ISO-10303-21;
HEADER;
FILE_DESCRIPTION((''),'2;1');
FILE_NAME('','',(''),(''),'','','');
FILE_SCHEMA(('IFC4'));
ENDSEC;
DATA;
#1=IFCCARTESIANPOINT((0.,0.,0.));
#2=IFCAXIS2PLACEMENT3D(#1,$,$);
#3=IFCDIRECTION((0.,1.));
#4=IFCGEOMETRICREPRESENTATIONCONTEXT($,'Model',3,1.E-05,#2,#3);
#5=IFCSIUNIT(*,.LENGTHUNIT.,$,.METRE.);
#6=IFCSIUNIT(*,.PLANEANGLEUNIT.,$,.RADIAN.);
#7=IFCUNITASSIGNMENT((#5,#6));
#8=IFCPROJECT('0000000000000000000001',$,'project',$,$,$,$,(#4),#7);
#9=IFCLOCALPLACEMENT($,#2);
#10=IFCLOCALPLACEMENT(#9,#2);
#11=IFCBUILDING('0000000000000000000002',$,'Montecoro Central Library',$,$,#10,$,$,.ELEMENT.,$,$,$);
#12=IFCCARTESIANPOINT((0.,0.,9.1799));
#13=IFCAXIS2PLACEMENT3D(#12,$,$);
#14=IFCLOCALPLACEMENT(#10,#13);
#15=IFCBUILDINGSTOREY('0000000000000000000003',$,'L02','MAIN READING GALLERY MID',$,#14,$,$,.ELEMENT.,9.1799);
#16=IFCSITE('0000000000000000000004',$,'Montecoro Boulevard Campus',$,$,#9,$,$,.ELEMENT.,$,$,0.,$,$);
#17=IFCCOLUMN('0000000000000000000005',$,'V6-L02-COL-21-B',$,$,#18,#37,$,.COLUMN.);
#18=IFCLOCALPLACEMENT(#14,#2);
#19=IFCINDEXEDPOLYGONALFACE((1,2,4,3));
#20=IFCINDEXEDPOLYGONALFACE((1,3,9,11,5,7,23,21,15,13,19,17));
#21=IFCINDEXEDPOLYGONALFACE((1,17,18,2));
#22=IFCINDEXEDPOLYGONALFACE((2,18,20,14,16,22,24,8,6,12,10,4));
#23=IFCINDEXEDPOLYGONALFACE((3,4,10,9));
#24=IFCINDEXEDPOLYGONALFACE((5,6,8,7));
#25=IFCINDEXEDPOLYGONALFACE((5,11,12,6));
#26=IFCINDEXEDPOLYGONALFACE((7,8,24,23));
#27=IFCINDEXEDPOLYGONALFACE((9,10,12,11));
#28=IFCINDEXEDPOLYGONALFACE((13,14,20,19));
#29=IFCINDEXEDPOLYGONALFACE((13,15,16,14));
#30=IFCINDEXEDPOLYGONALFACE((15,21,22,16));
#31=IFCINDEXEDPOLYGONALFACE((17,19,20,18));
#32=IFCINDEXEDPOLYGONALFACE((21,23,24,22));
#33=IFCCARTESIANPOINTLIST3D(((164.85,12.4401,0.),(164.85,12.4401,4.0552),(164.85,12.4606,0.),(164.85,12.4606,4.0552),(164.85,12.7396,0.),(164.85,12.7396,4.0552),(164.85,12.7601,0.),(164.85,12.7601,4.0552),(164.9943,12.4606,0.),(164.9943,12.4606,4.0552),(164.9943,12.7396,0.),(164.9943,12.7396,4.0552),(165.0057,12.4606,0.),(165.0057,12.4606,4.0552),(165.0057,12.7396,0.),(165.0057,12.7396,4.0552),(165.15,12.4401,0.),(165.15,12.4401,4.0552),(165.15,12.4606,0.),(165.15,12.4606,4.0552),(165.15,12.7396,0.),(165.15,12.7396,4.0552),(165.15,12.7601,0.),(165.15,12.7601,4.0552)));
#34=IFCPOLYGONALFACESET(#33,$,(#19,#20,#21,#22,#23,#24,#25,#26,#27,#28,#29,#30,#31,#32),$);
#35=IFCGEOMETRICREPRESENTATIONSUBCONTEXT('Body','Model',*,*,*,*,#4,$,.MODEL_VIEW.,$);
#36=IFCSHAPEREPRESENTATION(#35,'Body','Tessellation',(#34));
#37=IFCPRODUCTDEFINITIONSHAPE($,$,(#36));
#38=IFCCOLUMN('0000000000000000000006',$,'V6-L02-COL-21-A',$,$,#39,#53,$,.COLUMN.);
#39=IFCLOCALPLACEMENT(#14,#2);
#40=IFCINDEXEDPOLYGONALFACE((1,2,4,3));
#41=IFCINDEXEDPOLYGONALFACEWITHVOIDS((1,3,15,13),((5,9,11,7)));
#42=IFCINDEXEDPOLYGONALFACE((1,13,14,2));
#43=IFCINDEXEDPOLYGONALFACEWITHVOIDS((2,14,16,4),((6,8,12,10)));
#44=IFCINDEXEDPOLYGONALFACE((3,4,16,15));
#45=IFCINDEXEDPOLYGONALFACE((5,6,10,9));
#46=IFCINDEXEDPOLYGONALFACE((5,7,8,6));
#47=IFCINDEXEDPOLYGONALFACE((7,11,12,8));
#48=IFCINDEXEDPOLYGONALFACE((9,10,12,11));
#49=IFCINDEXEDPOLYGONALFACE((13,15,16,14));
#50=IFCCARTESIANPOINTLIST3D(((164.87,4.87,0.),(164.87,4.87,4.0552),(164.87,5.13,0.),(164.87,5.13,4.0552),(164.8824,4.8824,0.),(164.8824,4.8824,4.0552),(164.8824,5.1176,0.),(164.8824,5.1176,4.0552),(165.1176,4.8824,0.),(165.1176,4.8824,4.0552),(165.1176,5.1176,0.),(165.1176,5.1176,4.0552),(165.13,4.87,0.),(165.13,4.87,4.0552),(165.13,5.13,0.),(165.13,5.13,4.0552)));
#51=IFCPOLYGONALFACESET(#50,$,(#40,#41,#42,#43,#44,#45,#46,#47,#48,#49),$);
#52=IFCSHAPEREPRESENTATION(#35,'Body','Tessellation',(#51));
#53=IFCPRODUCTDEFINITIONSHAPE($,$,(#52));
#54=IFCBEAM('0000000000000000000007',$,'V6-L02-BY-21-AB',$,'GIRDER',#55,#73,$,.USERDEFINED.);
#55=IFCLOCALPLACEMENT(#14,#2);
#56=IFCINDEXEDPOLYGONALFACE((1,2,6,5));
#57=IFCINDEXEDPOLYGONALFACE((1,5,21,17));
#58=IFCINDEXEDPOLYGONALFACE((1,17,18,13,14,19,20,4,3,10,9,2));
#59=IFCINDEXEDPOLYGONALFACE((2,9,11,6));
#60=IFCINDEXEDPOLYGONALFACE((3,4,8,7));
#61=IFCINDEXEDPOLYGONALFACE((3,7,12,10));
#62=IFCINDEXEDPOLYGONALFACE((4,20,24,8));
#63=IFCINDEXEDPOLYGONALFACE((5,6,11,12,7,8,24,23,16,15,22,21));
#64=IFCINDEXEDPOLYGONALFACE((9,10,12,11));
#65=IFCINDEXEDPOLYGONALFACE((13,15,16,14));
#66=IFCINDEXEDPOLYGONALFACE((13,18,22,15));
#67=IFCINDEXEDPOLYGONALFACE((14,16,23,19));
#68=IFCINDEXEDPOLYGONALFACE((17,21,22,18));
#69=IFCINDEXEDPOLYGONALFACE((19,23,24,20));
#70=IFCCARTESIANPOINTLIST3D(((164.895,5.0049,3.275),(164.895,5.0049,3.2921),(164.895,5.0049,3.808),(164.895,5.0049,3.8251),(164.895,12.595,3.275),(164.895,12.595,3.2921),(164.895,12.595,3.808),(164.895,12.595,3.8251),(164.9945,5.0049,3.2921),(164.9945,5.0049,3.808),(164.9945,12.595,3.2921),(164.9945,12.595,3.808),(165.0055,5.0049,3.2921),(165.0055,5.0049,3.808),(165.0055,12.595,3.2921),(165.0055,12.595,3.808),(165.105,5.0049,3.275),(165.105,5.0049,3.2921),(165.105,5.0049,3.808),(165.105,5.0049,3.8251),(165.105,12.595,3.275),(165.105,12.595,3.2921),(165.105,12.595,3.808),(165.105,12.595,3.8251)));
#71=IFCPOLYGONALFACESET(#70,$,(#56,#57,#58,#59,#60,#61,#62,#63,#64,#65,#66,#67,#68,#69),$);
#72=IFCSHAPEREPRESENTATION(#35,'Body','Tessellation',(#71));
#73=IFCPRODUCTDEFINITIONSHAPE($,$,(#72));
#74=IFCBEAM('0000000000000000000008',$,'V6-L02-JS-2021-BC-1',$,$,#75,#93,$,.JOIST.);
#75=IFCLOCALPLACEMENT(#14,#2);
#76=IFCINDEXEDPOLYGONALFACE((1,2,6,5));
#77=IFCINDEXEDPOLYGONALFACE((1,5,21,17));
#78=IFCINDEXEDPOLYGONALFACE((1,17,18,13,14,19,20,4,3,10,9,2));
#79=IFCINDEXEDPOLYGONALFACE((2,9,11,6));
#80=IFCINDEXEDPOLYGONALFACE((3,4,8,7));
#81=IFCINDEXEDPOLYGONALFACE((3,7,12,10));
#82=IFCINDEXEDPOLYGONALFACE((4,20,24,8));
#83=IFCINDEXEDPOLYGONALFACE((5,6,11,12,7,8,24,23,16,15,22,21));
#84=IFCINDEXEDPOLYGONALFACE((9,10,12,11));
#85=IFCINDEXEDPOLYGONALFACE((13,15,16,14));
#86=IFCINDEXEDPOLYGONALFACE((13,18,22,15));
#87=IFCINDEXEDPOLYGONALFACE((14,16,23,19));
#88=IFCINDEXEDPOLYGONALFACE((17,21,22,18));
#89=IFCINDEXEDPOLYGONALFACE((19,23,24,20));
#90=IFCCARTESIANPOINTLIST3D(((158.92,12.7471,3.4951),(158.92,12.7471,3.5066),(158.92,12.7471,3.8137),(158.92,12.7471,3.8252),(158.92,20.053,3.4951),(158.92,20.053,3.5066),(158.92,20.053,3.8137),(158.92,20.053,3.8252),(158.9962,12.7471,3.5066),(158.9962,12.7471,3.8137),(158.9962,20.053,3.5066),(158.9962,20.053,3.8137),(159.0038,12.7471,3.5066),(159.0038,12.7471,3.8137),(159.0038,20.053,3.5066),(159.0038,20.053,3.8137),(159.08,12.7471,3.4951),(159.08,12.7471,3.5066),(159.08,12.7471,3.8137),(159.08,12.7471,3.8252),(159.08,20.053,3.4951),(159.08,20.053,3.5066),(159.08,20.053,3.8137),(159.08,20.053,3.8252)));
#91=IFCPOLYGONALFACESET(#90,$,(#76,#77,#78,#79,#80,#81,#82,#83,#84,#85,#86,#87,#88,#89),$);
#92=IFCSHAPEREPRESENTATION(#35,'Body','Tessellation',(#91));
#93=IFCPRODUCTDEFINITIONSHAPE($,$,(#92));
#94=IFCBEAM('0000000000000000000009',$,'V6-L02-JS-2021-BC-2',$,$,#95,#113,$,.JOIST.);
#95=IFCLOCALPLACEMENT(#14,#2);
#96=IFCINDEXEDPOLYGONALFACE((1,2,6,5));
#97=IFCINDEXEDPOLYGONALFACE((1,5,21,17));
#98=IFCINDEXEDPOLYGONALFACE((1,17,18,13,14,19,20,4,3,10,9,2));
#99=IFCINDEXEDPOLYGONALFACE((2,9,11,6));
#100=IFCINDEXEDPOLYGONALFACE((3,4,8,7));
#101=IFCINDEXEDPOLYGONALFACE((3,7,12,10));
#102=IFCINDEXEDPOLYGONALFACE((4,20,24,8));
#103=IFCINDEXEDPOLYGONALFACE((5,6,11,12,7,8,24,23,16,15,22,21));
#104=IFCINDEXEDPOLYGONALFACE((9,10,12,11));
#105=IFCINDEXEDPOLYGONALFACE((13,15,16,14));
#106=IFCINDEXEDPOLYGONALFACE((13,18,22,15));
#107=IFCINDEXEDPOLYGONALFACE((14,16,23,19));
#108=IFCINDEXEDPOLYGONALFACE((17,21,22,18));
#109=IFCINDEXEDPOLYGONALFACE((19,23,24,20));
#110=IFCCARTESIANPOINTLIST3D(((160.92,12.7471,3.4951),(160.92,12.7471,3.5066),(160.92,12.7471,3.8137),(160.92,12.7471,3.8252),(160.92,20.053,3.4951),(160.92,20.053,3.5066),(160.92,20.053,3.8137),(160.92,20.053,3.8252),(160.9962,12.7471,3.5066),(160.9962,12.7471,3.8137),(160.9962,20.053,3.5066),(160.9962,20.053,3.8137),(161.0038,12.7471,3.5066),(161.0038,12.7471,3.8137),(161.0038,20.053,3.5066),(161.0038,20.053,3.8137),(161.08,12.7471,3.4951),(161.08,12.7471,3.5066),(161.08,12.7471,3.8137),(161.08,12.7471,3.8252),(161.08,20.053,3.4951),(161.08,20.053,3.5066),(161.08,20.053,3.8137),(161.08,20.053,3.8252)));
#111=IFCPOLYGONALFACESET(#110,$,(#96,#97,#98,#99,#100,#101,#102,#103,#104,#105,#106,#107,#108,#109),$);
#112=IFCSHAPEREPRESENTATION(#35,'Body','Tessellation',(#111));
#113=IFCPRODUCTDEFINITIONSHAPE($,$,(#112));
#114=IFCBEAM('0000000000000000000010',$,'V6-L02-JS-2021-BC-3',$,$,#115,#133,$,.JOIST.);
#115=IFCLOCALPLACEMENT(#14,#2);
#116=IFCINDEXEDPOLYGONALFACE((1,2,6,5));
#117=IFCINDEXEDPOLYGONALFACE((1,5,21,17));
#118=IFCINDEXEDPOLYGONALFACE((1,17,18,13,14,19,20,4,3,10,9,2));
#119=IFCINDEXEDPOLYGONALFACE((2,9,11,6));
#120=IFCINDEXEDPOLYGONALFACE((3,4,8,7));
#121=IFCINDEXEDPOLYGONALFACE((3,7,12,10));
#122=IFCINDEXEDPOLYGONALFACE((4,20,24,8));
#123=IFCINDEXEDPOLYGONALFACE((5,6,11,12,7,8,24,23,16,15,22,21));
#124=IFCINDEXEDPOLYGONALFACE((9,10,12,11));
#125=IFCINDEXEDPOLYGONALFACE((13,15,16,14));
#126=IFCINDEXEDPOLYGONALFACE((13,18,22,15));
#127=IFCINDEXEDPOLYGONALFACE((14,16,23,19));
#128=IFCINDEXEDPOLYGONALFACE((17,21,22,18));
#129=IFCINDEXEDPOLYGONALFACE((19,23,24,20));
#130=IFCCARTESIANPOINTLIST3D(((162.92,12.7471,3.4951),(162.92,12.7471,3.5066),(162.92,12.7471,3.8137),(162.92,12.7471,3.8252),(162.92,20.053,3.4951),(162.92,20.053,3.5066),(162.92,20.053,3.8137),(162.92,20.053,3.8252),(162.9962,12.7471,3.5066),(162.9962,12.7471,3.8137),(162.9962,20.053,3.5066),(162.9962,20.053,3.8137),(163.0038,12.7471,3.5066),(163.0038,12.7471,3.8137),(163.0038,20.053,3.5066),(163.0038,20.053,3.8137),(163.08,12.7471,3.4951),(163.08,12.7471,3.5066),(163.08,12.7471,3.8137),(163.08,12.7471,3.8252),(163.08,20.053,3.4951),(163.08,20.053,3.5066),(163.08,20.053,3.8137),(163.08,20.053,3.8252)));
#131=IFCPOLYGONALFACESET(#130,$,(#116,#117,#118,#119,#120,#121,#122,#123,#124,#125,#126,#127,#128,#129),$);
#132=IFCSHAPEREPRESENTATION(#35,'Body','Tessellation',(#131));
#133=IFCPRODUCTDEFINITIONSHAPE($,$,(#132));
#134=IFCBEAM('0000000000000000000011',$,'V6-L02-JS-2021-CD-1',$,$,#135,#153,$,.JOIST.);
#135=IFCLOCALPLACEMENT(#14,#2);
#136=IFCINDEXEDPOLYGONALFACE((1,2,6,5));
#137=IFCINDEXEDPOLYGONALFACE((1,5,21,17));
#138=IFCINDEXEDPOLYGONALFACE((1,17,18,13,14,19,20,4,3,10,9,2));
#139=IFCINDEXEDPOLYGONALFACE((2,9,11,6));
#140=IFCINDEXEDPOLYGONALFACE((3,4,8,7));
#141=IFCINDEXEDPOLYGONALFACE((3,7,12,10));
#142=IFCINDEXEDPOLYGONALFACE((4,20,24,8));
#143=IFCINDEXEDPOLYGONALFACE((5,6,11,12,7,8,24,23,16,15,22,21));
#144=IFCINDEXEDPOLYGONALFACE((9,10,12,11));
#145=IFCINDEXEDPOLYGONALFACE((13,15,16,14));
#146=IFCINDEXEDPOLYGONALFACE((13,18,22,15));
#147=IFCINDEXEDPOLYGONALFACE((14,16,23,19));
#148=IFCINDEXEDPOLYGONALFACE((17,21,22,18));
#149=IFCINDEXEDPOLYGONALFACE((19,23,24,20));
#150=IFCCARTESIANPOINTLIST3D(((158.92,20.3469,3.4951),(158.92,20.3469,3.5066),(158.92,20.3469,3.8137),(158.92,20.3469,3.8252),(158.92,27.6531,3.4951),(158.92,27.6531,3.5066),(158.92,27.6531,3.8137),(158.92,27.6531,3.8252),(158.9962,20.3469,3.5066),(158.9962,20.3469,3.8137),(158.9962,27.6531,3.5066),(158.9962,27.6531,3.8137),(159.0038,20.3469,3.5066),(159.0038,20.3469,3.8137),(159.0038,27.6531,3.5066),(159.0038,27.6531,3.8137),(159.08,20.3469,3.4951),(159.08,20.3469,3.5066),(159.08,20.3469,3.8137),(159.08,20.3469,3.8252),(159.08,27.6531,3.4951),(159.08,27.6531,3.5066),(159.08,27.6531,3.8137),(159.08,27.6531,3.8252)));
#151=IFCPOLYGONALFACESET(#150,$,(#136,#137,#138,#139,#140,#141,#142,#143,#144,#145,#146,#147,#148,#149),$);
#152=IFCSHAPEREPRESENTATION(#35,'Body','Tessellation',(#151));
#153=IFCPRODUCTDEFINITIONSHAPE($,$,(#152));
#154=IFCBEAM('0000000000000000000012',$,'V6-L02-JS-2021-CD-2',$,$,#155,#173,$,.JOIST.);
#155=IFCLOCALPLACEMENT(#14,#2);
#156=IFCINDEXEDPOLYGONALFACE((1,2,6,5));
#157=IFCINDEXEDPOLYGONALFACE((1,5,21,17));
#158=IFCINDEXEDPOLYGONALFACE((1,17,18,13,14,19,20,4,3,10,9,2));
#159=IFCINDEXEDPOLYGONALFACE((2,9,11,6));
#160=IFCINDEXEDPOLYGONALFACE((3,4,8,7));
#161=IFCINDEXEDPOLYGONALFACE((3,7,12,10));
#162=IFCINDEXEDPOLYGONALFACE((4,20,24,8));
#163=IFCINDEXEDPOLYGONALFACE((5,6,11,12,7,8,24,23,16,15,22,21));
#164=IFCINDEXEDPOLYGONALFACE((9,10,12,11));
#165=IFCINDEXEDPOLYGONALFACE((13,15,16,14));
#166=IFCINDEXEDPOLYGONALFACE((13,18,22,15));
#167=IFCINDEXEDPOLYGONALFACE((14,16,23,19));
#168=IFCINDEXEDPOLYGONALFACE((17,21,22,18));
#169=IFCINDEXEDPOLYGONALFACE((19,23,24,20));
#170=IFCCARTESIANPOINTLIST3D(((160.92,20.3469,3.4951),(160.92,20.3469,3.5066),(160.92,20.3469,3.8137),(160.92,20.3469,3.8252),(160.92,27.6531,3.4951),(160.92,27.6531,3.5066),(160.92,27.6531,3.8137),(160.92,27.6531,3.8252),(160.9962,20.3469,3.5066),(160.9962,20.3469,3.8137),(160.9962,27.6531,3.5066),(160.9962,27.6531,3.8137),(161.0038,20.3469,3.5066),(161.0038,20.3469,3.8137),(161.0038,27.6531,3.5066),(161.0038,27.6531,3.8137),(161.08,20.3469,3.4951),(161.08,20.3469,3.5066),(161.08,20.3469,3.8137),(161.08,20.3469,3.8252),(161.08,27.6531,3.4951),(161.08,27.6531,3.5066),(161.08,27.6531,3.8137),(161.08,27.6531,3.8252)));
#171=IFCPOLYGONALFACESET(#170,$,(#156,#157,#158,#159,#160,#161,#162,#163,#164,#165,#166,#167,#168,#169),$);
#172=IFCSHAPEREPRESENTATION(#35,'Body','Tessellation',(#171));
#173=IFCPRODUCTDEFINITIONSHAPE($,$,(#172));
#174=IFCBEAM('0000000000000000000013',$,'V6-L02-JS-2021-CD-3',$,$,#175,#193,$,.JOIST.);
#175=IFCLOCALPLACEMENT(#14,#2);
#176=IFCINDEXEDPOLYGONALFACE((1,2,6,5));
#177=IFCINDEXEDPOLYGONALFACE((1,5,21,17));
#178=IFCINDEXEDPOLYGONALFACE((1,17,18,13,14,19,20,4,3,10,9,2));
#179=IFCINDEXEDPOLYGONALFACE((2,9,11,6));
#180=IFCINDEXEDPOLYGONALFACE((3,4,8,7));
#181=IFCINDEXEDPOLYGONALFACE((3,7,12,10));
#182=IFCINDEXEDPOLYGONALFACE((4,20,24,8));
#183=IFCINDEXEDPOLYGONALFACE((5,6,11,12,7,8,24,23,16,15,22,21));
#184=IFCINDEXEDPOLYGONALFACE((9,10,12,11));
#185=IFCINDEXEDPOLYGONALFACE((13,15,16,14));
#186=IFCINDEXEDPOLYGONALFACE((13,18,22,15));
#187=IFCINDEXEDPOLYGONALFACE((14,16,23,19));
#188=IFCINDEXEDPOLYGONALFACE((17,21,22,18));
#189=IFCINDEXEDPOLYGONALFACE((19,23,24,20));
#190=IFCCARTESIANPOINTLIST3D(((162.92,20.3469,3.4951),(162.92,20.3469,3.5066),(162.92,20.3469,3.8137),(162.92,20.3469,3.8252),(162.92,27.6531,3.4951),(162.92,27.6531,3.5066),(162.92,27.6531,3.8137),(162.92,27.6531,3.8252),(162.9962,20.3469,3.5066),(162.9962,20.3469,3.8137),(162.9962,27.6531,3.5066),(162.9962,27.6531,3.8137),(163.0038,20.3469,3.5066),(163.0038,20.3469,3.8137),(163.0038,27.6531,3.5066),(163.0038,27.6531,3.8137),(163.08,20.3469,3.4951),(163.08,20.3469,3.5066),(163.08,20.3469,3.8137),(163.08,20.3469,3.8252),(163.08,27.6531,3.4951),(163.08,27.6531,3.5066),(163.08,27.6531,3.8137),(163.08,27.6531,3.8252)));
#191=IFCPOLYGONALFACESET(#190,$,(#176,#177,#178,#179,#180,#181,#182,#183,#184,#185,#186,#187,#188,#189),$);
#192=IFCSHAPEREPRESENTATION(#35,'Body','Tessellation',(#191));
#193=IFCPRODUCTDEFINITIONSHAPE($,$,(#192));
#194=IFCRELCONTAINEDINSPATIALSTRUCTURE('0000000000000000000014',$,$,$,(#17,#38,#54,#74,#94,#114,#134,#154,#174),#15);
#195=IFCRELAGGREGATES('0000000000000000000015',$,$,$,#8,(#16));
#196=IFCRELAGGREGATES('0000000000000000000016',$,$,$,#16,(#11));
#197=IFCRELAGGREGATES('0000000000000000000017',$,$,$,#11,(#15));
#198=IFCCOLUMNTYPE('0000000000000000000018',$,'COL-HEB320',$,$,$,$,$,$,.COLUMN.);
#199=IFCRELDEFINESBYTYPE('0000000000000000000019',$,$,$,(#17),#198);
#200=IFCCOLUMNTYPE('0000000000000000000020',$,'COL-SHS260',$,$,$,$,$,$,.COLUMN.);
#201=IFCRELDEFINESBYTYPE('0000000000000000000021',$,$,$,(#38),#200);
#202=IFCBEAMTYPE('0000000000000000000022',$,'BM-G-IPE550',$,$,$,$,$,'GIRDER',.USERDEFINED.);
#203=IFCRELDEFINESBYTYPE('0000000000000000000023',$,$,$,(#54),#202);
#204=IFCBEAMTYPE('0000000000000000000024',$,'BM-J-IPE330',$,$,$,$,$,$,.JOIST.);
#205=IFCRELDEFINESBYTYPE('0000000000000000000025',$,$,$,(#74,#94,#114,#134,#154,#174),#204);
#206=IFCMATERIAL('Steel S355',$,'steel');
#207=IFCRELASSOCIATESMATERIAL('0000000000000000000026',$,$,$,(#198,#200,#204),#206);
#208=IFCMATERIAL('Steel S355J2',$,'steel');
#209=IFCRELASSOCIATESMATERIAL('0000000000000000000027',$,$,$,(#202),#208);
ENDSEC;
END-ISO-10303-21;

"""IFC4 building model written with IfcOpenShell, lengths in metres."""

from ifc_helpers import new_model, si_unit, direction, frame, origin, origin_2d, place, context, subcontext, project, spatial, hollow_rectangle, i_section, extrude, material, material_profile, profile_set, type_object, element, save


model = new_model("IFC4")

# Units and contexts
model_context = context("Model", 3, precision=1e-05, world=origin(), true_north=direction((0.0, 1.0)))
body_context = subcontext(model_context, "Body", "Model", "MODEL_VIEW")
ifc_project = project(units=[si_unit("LENGTHUNIT", "METRE"), si_unit("PLANEANGLEUNIT", "RADIAN")], contexts=[model_context])

# Site, building, storey
site_placement = place(None, origin())
site = spatial("IfcSite", under=ifc_project, at=site_placement, Name="Montecoro Boulevard Campus", CompositionType="ELEMENT", RefElevation=0.0)
building_placement = place(site_placement, origin())
building = spatial("IfcBuilding", under=site, at=building_placement, Name="Montecoro Central Library", CompositionType="ELEMENT")
storey_placement = place(building_placement, frame((0.0, 0.0, 9.1799)))
storey = spatial("IfcBuildingStorey", under=building, at=storey_placement, Name="L02", Description="MAIN READING GALLERY MID", CompositionType="ELEMENT", Elevation=9.1799)

# Columns
ifc_material_1 = material(Name="Steel S355", Category="steel")
ifc_material_profile_1 = material_profile(ifc_material_1, i_section(OverallWidth=0.3, OverallDepth=0.3201, WebThickness=0.0115, FlangeThickness=0.0205, at=origin_2d()), Name="HEB 320")
ifc_profile_set_1 = profile_set([ifc_material_profile_1], Name="Steel S355")
column_type_1 = type_object("IfcColumnType", Name="COL-HEB320", PredefinedType="COLUMN", material=ifc_profile_set_1)
column_1_placement = place(storey_placement, frame((165.0, 12.6001, 0.0), z_axis=(0.0, 0.0, 1.0), x_axis=(1.0, 0.0, 0.0)))
element("IfcColumn", 1, at=column_1_placement, inside=storey, type_object=column_type_1, Name="V6-L02-COL-21-B", PredefinedType="COLUMN", context=body_context, shape_type="SweptSolid", body=[
    extrude(i_section(OverallWidth=0.3, OverallDepth=0.3201, WebThickness=0.0115, FlangeThickness=0.0205, at=origin_2d()), origin(), (0.0, 0.0, 1.0), 4.0552),
])
ifc_material_profile_2 = material_profile(ifc_material_1, hollow_rectangle(XDim=0.26, YDim=0.26, WallThickness=0.0125, at=origin_2d()), Name="SHS 260x260x12.5")
ifc_profile_set_2 = profile_set([ifc_material_profile_2], Name="Steel S355")
column_type_2 = type_object("IfcColumnType", Name="COL-SHS260", PredefinedType="COLUMN", material=ifc_profile_set_2)
column_2_placement = place(storey_placement, frame((165.0, 5.0, 0.0), z_axis=(0.0, 0.0, 1.0), x_axis=(1.0, 0.0, 0.0)))
element("IfcColumn", 2, at=column_2_placement, inside=storey, type_object=column_type_2, Name="V6-L02-COL-21-A", PredefinedType="COLUMN", context=body_context, shape_type="SweptSolid", body=[
    extrude(hollow_rectangle(XDim=0.26, YDim=0.26, WallThickness=0.0125, at=origin_2d()), origin(), (0.0, 0.0, 1.0), 4.0552),
])

# Beams
ifc_material_2 = material(Name="Steel S355J2", Category="steel")
ifc_material_profile_3 = material_profile(ifc_material_2, i_section(OverallWidth=0.21, OverallDepth=0.55, WebThickness=0.011, FlangeThickness=0.0171, at=origin_2d()), Name="IPE 550")
ifc_profile_set_3 = profile_set([ifc_material_profile_3], Name="Steel S355J2")
beam_type_1 = type_object("IfcBeamType", Name="BM-G-IPE550", ElementType="GIRDER", PredefinedType="USERDEFINED", material=ifc_profile_set_3)
beam_placement = place(storey_placement, frame((165.0, 5.0049, 3.55), z_axis=(0.0, 1.0, 0.0), x_axis=(-1.0, 0.0, 0.0)))
element("IfcBeam", 3, at=beam_placement, inside=storey, type_object=beam_type_1, Name="V6-L02-BY-21-AB", ObjectType="GIRDER", PredefinedType="USERDEFINED", context=body_context, shape_type="SweptSolid", body=[
    extrude(i_section(OverallWidth=0.21, OverallDepth=0.55, WebThickness=0.011, FlangeThickness=0.0171, at=origin_2d()), origin(), (0.0, 0.0, 1.0), 7.5901),
])
ifc_material_profile_4 = material_profile(ifc_material_1, i_section(OverallWidth=0.1599, OverallDepth=0.3301, WebThickness=0.0076, FlangeThickness=0.0115, at=origin_2d()), Name="IPE 330")
ifc_profile_set_4 = profile_set([ifc_material_profile_4], Name="Steel S355")
beam_type_2 = type_object("IfcBeamType", Name="BM-J-IPE330", PredefinedType="JOIST", material=ifc_profile_set_4)
for number, where, z_axis, x_axis, name in (
    (4, (159.0, 12.7471, 3.6602), (0.0, 1.0, 0.0), (-1.0, 0.0, 0.0), "V6-L02-JS-2021-BC-1"),
    (5, (161.0, 12.7471, 3.6602), (0.0, 1.0, 0.0), (-1.0, 0.0, 0.0), "V6-L02-JS-2021-BC-2"),
    (6, (163.0, 12.7471, 3.6602), (0.0, 1.0, 0.0), (-1.0, 0.0, 0.0), "V6-L02-JS-2021-BC-3"),
):
    element("IfcBeam", number, at=place(storey_placement, frame(where, z_axis=z_axis, x_axis=x_axis)), inside=storey, type_object=beam_type_2, Name=name, PredefinedType="JOIST", context=body_context, shape_type="SweptSolid", body=[
        extrude(i_section(OverallWidth=0.1599, OverallDepth=0.3301, WebThickness=0.0076, FlangeThickness=0.0115, at=origin_2d()), origin(), (0.0, 0.0, 1.0), 7.3059),
    ])
for number, where, z_axis, x_axis, name in (
    (7, (159.0, 20.3469, 3.6602), (0.0, 1.0, 0.0), (-1.0, 0.0, 0.0), "V6-L02-JS-2021-CD-1"),
    (8, (161.0, 20.3469, 3.6602), (0.0, 1.0, 0.0), (-1.0, 0.0, 0.0), "V6-L02-JS-2021-CD-2"),
    (9, (163.0, 20.3469, 3.6602), (0.0, 1.0, 0.0), (-1.0, 0.0, 0.0), "V6-L02-JS-2021-CD-3"),
):
    element("IfcBeam", number, at=place(storey_placement, frame(where, z_axis=z_axis, x_axis=x_axis)), inside=storey, type_object=beam_type_2, Name=name, PredefinedType="JOIST", context=body_context, shape_type="SweptSolid", body=[
        extrude(i_section(OverallWidth=0.1599, OverallDepth=0.3301, WebThickness=0.0076, FlangeThickness=0.0115, at=origin_2d()), origin(), (0.0, 0.0, 1.0), 7.3062),
    ])

save(model, "model.ifc")
